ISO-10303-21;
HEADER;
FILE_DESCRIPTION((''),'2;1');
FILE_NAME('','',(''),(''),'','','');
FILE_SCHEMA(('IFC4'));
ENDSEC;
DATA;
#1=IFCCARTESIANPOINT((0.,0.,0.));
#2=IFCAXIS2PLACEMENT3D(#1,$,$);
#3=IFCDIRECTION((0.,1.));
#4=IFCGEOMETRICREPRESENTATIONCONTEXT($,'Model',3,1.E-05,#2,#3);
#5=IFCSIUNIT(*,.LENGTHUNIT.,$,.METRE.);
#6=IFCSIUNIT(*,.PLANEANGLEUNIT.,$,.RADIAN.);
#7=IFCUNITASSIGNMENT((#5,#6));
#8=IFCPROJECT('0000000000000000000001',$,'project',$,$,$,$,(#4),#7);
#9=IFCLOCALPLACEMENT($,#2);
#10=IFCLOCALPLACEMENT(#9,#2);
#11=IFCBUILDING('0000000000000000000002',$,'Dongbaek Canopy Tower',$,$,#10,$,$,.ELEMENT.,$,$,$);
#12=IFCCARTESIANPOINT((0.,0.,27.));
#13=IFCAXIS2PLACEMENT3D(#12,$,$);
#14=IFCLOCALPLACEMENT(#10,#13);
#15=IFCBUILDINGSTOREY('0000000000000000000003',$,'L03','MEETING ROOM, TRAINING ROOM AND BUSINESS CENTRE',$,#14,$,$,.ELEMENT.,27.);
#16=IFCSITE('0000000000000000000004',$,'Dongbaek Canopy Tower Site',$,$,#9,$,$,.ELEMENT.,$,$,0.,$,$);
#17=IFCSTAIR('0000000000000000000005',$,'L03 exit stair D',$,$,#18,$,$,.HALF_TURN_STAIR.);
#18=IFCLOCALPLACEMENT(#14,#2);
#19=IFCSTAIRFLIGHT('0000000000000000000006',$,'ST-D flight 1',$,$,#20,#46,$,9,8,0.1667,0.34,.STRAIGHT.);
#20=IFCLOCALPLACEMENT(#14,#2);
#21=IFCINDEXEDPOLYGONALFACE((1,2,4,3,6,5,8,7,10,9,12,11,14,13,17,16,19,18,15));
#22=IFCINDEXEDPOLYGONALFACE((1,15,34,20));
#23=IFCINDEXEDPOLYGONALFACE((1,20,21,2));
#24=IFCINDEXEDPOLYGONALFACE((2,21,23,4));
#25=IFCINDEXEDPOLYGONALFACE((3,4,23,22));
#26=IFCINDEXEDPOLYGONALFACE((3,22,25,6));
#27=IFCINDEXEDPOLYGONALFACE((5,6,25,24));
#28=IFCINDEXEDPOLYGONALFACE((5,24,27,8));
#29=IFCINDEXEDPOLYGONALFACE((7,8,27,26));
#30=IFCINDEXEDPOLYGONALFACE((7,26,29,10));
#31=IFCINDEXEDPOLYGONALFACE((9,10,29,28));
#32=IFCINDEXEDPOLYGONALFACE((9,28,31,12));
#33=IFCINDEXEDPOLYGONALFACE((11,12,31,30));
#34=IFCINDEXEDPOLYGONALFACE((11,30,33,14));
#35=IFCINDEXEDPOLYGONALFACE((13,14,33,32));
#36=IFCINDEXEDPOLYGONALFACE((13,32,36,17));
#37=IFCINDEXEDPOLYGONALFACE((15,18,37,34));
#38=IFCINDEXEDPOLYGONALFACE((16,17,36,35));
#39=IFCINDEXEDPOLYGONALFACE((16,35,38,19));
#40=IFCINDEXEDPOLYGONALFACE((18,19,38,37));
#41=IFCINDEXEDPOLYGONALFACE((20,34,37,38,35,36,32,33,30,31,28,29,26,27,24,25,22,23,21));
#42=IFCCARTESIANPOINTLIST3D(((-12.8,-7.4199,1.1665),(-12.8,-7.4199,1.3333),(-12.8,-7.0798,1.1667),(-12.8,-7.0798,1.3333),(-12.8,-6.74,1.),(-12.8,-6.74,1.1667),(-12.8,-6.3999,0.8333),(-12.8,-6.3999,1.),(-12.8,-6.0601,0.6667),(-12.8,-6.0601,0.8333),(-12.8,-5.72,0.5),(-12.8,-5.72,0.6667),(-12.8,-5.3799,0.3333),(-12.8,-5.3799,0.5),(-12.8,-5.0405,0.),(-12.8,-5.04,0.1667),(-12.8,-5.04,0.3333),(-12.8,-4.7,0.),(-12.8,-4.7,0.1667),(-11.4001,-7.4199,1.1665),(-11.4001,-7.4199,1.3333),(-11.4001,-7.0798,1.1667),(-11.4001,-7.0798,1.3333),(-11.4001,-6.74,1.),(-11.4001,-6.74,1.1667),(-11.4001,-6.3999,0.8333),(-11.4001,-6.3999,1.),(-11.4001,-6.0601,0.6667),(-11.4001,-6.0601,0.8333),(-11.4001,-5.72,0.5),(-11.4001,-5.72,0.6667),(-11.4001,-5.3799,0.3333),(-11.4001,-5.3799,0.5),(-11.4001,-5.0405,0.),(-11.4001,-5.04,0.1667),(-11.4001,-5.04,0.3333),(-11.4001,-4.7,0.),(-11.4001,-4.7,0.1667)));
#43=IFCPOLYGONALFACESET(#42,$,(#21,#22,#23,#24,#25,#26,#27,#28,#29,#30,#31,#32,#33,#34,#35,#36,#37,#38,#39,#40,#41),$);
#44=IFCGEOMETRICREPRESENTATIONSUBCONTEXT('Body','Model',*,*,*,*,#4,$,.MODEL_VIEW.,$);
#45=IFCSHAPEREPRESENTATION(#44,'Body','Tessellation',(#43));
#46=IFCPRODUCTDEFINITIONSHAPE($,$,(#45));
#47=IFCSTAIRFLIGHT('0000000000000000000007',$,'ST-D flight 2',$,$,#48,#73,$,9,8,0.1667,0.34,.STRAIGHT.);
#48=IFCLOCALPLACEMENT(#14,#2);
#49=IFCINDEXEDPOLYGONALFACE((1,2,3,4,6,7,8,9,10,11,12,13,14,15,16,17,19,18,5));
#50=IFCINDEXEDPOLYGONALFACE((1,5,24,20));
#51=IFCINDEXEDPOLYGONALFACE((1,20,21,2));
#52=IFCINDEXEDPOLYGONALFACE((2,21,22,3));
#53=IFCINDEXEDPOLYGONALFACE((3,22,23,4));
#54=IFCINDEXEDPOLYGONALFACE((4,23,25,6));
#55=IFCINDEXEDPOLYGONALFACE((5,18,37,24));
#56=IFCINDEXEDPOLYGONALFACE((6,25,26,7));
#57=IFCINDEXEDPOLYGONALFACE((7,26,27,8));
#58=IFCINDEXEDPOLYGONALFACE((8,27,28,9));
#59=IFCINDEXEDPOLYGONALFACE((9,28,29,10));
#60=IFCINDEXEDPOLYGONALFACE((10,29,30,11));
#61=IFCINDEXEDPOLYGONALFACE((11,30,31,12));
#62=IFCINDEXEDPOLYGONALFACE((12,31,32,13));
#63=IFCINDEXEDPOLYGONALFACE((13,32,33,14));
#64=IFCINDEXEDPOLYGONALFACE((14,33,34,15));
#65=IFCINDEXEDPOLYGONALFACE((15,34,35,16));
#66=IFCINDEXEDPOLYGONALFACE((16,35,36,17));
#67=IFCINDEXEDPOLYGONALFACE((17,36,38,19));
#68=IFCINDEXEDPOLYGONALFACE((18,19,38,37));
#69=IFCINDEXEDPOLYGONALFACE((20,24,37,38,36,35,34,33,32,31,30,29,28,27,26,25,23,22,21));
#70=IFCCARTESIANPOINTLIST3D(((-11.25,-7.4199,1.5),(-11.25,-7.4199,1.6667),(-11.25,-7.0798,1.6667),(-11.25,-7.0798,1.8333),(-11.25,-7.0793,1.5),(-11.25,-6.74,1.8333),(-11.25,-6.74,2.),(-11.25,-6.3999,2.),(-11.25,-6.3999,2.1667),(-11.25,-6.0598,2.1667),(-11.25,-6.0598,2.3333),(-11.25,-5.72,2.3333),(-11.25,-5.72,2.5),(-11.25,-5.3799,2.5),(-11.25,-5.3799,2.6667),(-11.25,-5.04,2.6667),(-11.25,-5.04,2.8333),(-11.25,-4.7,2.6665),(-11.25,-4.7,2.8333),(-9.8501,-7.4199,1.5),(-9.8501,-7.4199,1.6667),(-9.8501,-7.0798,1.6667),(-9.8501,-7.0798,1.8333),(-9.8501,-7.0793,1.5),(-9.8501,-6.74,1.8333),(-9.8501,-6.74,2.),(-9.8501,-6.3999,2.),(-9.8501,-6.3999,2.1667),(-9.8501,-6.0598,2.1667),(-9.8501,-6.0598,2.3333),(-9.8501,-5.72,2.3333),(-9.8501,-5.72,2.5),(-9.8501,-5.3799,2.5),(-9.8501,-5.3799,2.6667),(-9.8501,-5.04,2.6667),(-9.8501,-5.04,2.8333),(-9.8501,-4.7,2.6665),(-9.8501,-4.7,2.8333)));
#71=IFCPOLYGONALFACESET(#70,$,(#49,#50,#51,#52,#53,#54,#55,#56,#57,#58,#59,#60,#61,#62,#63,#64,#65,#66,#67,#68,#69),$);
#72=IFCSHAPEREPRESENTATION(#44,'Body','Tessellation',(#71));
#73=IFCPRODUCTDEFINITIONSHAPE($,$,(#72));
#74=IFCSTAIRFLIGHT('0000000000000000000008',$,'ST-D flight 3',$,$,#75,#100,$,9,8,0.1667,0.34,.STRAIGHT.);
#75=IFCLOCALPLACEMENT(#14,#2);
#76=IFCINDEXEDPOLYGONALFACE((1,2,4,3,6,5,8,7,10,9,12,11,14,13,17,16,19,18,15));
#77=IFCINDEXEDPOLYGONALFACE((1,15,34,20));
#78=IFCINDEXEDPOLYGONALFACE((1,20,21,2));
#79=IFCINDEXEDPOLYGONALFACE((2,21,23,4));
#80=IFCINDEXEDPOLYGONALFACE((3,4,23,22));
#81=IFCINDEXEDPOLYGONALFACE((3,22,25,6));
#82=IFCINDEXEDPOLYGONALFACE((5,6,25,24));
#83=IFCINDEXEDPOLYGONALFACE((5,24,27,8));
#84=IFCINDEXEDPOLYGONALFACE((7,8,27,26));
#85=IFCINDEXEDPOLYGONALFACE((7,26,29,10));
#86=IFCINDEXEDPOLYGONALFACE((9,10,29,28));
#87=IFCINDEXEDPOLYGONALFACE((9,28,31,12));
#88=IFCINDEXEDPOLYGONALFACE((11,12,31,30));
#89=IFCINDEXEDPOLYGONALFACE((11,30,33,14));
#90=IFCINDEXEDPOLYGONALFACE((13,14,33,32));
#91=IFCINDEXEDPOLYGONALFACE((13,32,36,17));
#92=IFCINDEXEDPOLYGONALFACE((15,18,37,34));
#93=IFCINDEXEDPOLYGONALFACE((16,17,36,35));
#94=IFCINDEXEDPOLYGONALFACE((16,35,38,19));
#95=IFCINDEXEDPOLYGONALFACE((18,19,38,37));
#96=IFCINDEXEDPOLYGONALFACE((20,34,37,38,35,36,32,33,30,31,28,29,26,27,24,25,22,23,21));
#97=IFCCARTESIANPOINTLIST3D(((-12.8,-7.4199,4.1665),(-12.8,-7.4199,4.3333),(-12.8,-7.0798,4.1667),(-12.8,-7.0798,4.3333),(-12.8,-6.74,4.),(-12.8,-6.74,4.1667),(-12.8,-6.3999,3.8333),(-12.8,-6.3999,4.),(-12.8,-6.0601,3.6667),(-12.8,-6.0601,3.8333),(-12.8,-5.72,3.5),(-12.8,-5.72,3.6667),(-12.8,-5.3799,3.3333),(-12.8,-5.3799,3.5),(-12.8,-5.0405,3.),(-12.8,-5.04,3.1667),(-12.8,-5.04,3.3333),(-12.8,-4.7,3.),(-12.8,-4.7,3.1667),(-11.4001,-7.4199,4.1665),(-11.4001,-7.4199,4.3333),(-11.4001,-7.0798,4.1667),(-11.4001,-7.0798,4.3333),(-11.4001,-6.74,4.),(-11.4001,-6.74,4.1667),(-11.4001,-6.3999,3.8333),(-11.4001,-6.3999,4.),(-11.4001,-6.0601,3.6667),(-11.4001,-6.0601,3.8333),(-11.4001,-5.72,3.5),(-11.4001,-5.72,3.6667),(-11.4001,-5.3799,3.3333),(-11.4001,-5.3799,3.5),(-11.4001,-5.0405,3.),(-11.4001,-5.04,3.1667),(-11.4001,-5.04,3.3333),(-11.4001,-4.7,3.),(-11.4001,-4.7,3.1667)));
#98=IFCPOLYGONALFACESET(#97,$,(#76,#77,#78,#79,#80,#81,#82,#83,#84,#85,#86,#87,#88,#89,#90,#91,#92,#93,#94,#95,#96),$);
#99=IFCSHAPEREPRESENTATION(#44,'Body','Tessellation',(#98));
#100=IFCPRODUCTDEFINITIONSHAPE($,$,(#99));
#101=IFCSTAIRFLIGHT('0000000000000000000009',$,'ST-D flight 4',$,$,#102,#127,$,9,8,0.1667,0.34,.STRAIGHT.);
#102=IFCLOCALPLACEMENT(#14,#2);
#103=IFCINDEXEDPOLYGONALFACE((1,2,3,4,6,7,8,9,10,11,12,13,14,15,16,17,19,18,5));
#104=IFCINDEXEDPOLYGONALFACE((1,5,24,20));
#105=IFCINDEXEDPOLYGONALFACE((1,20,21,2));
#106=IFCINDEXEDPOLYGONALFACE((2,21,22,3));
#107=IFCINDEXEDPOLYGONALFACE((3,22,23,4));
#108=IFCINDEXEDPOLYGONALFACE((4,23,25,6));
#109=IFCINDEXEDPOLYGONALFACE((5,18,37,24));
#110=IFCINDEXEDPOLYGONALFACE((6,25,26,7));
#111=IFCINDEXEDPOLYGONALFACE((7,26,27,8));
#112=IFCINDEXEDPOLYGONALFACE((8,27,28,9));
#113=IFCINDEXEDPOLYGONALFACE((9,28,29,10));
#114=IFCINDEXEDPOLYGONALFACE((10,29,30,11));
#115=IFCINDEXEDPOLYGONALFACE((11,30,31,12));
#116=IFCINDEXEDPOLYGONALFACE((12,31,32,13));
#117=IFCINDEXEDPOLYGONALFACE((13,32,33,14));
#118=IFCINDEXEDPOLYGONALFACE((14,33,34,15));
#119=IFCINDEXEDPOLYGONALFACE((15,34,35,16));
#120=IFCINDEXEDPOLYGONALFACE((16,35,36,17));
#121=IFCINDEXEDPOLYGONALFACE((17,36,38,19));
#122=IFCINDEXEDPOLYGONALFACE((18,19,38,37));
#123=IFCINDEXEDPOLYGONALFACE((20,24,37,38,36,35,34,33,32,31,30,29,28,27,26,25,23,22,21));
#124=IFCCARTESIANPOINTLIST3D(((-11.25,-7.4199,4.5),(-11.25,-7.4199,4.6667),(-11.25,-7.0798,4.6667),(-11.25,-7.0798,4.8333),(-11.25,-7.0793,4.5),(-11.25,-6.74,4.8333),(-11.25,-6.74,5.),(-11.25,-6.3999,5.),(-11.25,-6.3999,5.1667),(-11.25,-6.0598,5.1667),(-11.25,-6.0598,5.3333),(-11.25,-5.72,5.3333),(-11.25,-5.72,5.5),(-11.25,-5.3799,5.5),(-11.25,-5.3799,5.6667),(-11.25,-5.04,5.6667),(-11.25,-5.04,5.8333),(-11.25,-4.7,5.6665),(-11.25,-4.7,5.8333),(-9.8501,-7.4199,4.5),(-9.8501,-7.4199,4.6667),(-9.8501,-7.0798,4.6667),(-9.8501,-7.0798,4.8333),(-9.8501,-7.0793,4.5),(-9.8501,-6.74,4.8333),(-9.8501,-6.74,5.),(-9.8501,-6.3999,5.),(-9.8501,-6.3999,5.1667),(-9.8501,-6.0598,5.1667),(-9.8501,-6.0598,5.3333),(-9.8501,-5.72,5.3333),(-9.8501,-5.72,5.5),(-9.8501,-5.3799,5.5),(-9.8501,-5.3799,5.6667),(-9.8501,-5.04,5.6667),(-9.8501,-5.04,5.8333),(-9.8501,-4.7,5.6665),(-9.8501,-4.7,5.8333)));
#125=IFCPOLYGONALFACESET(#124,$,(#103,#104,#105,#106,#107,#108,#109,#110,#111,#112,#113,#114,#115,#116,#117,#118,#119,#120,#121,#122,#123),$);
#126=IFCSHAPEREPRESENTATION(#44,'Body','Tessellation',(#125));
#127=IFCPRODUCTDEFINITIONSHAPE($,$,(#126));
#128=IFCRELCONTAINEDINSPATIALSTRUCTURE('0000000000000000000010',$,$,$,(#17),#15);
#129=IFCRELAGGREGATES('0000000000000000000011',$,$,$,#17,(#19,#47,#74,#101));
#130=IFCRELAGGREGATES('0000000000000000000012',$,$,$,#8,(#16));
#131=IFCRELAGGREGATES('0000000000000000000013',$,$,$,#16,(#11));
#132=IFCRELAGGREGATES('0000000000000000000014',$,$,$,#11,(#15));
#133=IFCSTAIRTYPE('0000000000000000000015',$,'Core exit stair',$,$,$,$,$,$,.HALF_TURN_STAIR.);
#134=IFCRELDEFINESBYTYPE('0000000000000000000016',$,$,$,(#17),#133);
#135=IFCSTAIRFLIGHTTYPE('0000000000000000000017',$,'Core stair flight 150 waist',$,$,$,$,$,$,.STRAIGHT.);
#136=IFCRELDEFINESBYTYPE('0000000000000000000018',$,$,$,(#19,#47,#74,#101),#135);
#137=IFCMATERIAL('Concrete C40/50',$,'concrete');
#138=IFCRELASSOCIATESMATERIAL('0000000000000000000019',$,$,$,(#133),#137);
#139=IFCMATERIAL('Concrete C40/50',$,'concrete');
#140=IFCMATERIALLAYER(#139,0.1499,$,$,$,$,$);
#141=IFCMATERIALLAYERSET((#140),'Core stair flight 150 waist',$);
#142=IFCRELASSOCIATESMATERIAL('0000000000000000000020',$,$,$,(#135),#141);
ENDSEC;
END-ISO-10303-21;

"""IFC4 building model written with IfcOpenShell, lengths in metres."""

from ifc_helpers import new_model, si_unit, direction, frame, origin, place, context, subcontext, project, spatial, polyline, outline, extrude, material, layer, layer_set, type_object, element, aggregate, save


model = new_model("IFC4")

# Units and contexts
model_context = context("Model", 3, precision=1e-05, world=origin(), true_north=direction((0.0, 1.0)))
body_context = subcontext(model_context, "Body", "Model", "MODEL_VIEW")
ifc_project = project(units=[si_unit("LENGTHUNIT", "METRE"), si_unit("PLANEANGLEUNIT", "RADIAN")], contexts=[model_context])

# Site, building, storey
site_placement = place(None, origin())
site = spatial("IfcSite", under=ifc_project, at=site_placement, Name="Dongbaek Canopy Tower Site", CompositionType="ELEMENT", RefElevation=0.0)
building_placement = place(site_placement, origin())
building = spatial("IfcBuilding", under=site, at=building_placement, Name="Dongbaek Canopy Tower", CompositionType="ELEMENT")
storey_placement = place(building_placement, frame((0.0, 0.0, 27.0)))
storey = spatial("IfcBuildingStorey", under=building, at=storey_placement, Name="L03", Description="MEETING ROOM, TRAINING ROOM AND BUSINESS CENTRE", CompositionType="ELEMENT", Elevation=27.0)

# Stair, stair flights
ifc_material_1 = material(Name="Concrete C40/50", Category="concrete")
stair_type = type_object("IfcStairType", Name="Core exit stair", PredefinedType="HALF_TURN_STAIR", material=ifc_material_1)
stair_placement = place(storey_placement, origin())
stair = element("IfcStair", 1, at=stair_placement, inside=storey, type_object=stair_type, Name="L03 exit stair D", PredefinedType="HALF_TURN_STAIR")
ifc_material_2 = material(Name="Concrete C40/50", Category="concrete")
ifc_layer_1 = layer(ifc_material_2, 0.1499)
ifc_layer_set_1 = layer_set([ifc_layer_1], Name="Core stair flight 150 waist")
stair_flight_type = type_object("IfcStairFlightType", Name="Core stair flight 150 waist", PredefinedType="STRAIGHT", material=ifc_layer_set_1)
stair_flight_1_placement = place(storey_placement, frame((-12.1001, -4.7, 0.0), z_axis=(0.0, 0.0, 1.0), x_axis=(0.0, -1.0, 0.0)))
stair_flight_1 = element("IfcStairFlight", 2, at=stair_flight_1_placement, type_object=stair_flight_type, Name="ST-D flight 1", NumberOfRisers=9, NumberOfTreads=8, PredefinedType="STRAIGHT", RiserHeight=0.1667, TreadLength=0.34, context=body_context, shape_type="SweptSolid", body=[
    extrude(outline(polyline([(0.0, 0.0), (0.0, 0.1667), (0.3401, 0.1667), (0.3401, 0.3333), (0.6799, 0.3333), (0.6799, 0.5), (1.02, 0.5), (1.02, 0.6667), (1.3601, 0.6667), (1.3601, 0.8333), (1.7, 0.8333), (1.7, 1.0), (2.04, 1.0), (2.04, 1.1667), (2.3799, 1.1667), (2.3799, 1.3333), (2.72, 1.3333), (2.72, 1.5), (2.72, 1.1665), (0.3406, 0.0), (0.0, 0.0)])), frame((0.0, 0.7, 0.0), z_axis=(0.0, -1.0, 0.0), x_axis=(1.0, 0.0, 0.0)), (0.0, 0.0, 1.0), 1.3999),
])
stair_flight_2_placement = place(storey_placement, frame((-10.55, -7.4199, 1.5), z_axis=(0.0, 0.0, 1.0), x_axis=(0.0, 1.0, 0.0)))
stair_flight_2 = element("IfcStairFlight", 3, at=stair_flight_2_placement, type_object=stair_flight_type, Name="ST-D flight 2", NumberOfRisers=9, NumberOfTreads=8, PredefinedType="STRAIGHT", RiserHeight=0.1667, TreadLength=0.34, context=body_context, shape_type="SweptSolid", body=[
    extrude(outline(polyline([(0.0, 0.0), (0.0, 0.1667), (0.3401, 0.1667), (0.3401, 0.3333), (0.6799, 0.3333), (0.6799, 0.5), (1.02, 0.5), (1.02, 0.6667), (1.3601, 0.6667), (1.3601, 0.8333), (1.7, 0.8333), (1.7, 1.0), (2.04, 1.0), (2.04, 1.1667), (2.3799, 1.1667), (2.3799, 1.3333), (2.72, 1.3333), (2.72, 1.5), (2.72, 1.1665), (0.3406, 0.0), (0.0, 0.0)])), frame((0.0, 0.7, 0.0), z_axis=(0.0, -1.0, 0.0), x_axis=(1.0, 0.0, 0.0)), (0.0, 0.0, 1.0), 1.3999),
])
stair_flight_3_placement = place(storey_placement, frame((-12.1001, -4.7, 3.0), z_axis=(0.0, 0.0, 1.0), x_axis=(0.0, -1.0, 0.0)))
stair_flight_3 = element("IfcStairFlight", 4, at=stair_flight_3_placement, type_object=stair_flight_type, Name="ST-D flight 3", NumberOfRisers=9, NumberOfTreads=8, PredefinedType="STRAIGHT", RiserHeight=0.1667, TreadLength=0.34, context=body_context, shape_type="SweptSolid", body=[
    extrude(outline(polyline([(0.0, 0.0), (0.0, 0.1667), (0.3401, 0.1667), (0.3401, 0.3333), (0.6799, 0.3333), (0.6799, 0.5), (1.02, 0.5), (1.02, 0.6667), (1.3601, 0.6667), (1.3601, 0.8333), (1.7, 0.8333), (1.7, 1.0), (2.04, 1.0), (2.04, 1.1667), (2.3799, 1.1667), (2.3799, 1.3333), (2.72, 1.3333), (2.72, 1.5), (2.72, 1.1665), (0.3406, 0.0), (0.0, 0.0)])), frame((0.0, 0.7, 0.0), z_axis=(0.0, -1.0, 0.0), x_axis=(1.0, 0.0, 0.0)), (0.0, 0.0, 1.0), 1.3999),
])
stair_flight_4_placement = place(storey_placement, frame((-10.55, -7.4199, 4.5), z_axis=(0.0, 0.0, 1.0), x_axis=(0.0, 1.0, 0.0)))
stair_flight_4 = element("IfcStairFlight", 5, at=stair_flight_4_placement, type_object=stair_flight_type, Name="ST-D flight 4", NumberOfRisers=9, NumberOfTreads=8, PredefinedType="STRAIGHT", RiserHeight=0.1667, TreadLength=0.34, context=body_context, shape_type="SweptSolid", body=[
    extrude(outline(polyline([(0.0, 0.0), (0.0, 0.1667), (0.3401, 0.1667), (0.3401, 0.3333), (0.6799, 0.3333), (0.6799, 0.5), (1.02, 0.5), (1.02, 0.6667), (1.3601, 0.6667), (1.3601, 0.8333), (1.7, 0.8333), (1.7, 1.0), (2.04, 1.0), (2.04, 1.1667), (2.3799, 1.1667), (2.3799, 1.3333), (2.72, 1.3333), (2.72, 1.5), (2.72, 1.1665), (0.3406, 0.0), (0.0, 0.0)])), frame((0.0, 0.7, 0.0), z_axis=(0.0, -1.0, 0.0), x_axis=(1.0, 0.0, 0.0)), (0.0, 0.0, 1.0), 1.3999),
])
aggregate(stair, [stair_flight_1, stair_flight_2, stair_flight_3, stair_flight_4])

save(model, "model.ifc")
